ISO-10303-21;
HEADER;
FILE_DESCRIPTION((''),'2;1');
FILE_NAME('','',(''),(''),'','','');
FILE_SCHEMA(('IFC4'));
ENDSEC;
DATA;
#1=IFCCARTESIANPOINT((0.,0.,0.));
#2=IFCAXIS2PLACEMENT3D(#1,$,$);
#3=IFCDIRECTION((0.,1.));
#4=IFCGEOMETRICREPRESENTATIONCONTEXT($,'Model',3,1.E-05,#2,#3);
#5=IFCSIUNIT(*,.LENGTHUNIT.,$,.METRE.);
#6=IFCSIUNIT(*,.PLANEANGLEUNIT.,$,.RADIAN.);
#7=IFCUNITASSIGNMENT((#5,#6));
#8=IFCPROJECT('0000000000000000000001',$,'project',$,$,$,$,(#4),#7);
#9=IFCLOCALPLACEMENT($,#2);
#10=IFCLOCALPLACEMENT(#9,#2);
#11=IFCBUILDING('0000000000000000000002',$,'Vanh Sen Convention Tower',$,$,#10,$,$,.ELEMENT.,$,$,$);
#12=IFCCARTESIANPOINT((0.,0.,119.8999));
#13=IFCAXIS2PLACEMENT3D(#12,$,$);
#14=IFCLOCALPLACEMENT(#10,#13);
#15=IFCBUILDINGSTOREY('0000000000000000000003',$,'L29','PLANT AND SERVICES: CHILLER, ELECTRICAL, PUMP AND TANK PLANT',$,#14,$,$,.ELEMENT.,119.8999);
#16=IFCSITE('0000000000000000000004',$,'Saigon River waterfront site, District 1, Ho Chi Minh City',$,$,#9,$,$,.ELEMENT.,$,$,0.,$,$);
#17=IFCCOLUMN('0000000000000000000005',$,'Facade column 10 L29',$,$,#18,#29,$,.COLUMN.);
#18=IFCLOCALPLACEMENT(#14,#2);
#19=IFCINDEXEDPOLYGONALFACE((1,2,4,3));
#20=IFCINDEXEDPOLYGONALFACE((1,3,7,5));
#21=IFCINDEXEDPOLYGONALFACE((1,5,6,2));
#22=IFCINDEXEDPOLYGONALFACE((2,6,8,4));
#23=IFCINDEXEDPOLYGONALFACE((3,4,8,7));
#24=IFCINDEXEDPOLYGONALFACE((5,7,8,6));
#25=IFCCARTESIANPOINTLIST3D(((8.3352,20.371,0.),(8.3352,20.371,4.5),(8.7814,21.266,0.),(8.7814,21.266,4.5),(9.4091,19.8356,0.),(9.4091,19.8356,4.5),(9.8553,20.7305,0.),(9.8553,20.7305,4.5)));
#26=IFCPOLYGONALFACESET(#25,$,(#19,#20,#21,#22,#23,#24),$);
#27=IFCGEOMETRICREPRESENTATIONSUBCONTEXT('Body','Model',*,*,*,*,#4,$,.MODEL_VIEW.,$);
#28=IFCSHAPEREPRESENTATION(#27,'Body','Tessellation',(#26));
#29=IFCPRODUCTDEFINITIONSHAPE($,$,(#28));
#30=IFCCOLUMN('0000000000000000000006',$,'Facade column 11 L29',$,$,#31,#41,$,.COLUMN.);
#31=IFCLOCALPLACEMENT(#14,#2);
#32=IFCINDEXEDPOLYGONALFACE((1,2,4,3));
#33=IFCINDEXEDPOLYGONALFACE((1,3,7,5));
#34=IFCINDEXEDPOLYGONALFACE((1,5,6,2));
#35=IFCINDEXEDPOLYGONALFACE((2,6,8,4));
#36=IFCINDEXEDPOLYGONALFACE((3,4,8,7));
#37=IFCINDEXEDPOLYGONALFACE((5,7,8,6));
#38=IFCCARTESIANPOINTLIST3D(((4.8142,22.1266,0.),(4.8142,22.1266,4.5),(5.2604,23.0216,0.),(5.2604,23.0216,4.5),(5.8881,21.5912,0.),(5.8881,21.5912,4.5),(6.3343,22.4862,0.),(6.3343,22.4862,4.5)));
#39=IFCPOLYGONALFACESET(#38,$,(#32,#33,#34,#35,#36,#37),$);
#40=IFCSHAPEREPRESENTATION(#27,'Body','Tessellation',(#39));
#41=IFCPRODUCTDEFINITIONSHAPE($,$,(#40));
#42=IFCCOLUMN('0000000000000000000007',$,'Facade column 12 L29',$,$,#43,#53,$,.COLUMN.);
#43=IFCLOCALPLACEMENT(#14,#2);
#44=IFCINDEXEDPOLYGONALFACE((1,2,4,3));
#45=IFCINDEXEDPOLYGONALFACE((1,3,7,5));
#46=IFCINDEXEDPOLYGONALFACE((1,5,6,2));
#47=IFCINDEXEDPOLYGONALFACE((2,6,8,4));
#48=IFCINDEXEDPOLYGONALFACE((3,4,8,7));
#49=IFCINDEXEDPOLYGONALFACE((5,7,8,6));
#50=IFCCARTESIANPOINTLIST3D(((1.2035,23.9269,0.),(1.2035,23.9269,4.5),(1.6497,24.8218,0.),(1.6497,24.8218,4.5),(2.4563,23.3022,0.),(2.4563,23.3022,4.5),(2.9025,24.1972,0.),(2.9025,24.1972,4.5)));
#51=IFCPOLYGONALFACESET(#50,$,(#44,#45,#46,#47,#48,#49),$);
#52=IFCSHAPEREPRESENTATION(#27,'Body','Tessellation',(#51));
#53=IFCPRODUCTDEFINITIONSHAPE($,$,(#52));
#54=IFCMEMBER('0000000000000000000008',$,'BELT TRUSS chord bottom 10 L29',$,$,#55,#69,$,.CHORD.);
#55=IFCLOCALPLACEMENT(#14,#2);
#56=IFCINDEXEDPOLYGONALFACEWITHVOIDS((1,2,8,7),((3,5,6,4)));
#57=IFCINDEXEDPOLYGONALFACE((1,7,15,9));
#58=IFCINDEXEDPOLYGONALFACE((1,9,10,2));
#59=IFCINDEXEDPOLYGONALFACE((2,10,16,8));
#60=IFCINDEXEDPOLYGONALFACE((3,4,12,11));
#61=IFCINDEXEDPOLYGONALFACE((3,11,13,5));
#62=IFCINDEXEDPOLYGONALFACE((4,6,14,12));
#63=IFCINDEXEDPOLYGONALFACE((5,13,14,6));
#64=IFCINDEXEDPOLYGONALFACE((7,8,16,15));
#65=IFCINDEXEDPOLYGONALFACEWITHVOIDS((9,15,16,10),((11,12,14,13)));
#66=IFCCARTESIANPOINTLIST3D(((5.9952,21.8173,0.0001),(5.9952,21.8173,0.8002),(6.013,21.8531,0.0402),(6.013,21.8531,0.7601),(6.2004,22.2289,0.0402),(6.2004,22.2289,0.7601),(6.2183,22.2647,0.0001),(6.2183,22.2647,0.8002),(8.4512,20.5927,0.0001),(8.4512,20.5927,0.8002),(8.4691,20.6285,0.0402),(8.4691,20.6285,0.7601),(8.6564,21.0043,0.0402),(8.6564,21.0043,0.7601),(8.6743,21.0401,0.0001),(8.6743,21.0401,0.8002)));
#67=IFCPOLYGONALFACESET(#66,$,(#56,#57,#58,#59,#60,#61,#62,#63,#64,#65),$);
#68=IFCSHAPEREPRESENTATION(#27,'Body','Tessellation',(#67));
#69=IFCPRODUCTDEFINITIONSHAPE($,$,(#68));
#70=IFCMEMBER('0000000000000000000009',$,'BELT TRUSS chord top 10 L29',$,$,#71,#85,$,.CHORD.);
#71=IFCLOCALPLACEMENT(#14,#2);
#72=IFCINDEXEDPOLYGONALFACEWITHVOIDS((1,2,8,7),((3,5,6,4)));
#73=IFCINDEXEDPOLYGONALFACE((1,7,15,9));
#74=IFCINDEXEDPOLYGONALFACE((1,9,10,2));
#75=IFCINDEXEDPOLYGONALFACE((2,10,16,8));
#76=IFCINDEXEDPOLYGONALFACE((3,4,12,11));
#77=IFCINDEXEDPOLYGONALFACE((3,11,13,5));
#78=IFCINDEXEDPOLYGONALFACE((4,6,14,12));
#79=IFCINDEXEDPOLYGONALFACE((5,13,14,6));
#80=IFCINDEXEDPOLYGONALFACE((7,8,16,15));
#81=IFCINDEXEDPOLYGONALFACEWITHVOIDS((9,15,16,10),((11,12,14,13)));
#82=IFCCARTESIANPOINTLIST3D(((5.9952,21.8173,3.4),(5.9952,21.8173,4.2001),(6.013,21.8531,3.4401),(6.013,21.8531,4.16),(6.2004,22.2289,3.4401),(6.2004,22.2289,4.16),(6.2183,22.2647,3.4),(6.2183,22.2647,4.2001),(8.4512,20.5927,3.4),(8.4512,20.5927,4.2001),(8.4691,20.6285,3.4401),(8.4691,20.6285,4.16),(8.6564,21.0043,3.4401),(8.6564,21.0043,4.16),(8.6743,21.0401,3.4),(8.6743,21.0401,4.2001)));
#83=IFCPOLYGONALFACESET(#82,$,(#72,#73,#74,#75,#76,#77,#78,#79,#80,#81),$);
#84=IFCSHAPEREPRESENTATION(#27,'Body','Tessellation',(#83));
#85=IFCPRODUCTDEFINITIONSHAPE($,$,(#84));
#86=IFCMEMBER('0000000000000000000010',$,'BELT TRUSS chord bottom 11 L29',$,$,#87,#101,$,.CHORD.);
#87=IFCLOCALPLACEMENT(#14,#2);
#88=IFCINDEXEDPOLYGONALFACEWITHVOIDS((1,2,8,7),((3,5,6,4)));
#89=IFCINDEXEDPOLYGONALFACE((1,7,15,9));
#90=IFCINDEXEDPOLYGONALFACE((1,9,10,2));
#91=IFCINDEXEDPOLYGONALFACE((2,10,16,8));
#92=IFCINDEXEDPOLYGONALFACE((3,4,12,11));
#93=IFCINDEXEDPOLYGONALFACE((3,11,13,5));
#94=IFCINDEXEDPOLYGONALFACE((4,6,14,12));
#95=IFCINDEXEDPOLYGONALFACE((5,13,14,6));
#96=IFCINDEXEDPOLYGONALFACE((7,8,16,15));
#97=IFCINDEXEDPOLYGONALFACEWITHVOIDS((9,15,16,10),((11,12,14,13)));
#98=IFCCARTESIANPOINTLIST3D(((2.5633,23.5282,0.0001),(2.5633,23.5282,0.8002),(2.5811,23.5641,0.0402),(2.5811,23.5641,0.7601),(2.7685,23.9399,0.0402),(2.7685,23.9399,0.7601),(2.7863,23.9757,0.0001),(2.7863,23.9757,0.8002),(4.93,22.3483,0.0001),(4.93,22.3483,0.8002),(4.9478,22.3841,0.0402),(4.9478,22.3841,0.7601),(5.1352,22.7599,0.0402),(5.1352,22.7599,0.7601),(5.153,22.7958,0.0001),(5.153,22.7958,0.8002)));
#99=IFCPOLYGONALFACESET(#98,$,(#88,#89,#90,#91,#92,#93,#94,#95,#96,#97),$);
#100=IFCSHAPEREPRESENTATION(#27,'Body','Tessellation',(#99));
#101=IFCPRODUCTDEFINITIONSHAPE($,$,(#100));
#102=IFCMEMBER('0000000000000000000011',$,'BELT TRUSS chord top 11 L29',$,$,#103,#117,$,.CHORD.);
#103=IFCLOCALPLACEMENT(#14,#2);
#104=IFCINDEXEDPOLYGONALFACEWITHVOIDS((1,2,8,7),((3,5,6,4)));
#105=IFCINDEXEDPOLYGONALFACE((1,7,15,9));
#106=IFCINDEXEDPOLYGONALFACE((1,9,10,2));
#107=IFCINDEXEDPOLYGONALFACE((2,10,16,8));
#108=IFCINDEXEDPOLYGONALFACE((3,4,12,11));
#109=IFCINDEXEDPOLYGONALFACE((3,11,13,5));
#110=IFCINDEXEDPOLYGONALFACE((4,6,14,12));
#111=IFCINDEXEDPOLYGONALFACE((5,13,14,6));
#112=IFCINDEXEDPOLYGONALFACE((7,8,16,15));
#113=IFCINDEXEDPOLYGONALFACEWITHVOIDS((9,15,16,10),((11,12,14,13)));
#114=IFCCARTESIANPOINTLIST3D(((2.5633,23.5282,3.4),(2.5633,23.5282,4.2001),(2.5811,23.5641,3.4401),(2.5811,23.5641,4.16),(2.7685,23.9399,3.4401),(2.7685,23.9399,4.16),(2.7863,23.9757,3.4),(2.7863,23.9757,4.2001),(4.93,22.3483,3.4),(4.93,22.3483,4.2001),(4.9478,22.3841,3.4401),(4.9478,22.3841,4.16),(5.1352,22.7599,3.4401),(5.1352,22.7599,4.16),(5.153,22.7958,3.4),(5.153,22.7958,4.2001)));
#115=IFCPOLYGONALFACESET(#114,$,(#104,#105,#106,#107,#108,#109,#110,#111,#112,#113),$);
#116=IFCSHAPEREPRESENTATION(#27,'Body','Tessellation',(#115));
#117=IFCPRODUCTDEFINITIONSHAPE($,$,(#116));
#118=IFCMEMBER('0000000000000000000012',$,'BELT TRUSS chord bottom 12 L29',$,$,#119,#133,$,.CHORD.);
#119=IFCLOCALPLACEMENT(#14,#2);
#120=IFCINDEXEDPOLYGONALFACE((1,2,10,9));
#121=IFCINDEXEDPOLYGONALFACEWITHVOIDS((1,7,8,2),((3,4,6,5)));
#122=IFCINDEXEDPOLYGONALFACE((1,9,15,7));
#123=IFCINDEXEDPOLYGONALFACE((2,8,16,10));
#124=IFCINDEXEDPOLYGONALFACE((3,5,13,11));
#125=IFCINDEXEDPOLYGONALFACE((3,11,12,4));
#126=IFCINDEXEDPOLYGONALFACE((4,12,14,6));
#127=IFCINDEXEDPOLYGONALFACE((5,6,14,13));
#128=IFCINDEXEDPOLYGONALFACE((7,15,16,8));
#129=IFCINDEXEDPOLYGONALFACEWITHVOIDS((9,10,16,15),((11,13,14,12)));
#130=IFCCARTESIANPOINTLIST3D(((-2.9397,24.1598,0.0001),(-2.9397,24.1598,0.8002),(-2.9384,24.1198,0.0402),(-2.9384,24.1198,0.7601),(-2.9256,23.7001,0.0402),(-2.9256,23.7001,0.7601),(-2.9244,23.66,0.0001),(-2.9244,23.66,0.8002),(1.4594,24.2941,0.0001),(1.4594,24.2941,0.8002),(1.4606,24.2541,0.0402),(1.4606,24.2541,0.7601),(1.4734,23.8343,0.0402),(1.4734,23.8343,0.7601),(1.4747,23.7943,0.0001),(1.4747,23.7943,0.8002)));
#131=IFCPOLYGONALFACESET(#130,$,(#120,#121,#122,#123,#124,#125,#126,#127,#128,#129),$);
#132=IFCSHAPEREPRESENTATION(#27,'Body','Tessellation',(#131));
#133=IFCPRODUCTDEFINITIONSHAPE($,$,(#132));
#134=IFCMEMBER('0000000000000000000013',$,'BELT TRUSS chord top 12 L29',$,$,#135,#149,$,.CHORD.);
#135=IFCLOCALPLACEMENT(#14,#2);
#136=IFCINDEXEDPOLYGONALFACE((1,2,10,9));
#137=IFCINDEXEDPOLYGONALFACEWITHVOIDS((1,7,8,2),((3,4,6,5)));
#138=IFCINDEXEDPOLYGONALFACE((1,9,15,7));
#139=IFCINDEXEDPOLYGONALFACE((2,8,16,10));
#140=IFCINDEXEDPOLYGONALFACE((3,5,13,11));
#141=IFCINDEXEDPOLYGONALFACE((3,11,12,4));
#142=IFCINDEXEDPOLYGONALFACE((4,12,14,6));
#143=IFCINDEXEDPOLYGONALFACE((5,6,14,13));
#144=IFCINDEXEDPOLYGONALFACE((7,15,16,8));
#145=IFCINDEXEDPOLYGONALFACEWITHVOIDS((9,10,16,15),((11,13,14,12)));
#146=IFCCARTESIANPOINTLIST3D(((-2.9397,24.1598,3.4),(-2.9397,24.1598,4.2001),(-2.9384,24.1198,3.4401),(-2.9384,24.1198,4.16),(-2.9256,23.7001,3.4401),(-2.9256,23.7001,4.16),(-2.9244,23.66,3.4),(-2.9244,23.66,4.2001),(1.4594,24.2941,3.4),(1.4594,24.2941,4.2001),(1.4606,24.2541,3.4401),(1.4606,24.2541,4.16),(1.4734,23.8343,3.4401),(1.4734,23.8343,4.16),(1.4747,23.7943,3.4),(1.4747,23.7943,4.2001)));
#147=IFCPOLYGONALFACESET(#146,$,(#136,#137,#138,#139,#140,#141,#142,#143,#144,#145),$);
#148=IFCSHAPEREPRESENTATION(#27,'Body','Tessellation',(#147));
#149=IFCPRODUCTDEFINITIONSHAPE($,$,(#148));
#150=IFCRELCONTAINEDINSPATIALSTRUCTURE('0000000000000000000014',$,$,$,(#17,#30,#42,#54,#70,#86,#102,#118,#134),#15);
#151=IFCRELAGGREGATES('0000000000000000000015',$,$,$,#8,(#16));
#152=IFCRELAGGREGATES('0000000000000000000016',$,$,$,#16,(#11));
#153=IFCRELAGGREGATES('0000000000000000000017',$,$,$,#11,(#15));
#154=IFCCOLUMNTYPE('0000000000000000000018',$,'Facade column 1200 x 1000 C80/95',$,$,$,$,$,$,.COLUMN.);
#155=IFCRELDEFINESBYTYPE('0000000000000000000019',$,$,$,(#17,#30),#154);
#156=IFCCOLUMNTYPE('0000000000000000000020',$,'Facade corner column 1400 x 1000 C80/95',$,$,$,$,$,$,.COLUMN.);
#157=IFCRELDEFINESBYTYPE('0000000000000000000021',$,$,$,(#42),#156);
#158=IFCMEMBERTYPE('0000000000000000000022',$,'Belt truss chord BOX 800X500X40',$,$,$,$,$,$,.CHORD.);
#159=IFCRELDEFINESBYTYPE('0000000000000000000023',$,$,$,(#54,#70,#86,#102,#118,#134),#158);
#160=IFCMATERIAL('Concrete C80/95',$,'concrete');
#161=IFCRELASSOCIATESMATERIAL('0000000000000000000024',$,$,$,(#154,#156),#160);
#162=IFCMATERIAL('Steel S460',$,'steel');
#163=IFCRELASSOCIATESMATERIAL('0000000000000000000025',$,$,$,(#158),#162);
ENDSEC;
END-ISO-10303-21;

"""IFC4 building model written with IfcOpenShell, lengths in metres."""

from ifc_helpers import new_model, si_unit, direction, frame, origin, origin_2d, place, context, subcontext, project, spatial, rectangle, hollow_rectangle, extrude, material, material_profile, profile_set, type_object, element, save


model = new_model("IFC4")

# Units and contexts
model_context = context("Model", 3, precision=1e-05, world=origin(), true_north=direction((0.0, 1.0)))
body_context = subcontext(model_context, "Body", "Model", "MODEL_VIEW")
ifc_project = project(units=[si_unit("LENGTHUNIT", "METRE"), si_unit("PLANEANGLEUNIT", "RADIAN")], contexts=[model_context])

# Site, building, storey
site_placement = place(None, origin())
site = spatial("IfcSite", under=ifc_project, at=site_placement, Name="Saigon River waterfront site, District 1, Ho Chi Minh City", CompositionType="ELEMENT", RefElevation=0.0)
building_placement = place(site_placement, origin())
building = spatial("IfcBuilding", under=site, at=building_placement, Name="Vanh Sen Convention Tower", CompositionType="ELEMENT")
storey_placement = place(building_placement, frame((0.0, 0.0, 119.8999)))
storey = spatial("IfcBuildingStorey", under=building, at=storey_placement, Name="L29", Description="PLANT AND SERVICES: CHILLER, ELECTRICAL, PUMP AND TANK PLANT", CompositionType="ELEMENT", Elevation=119.8999)

# Columns
ifc_material_1 = material(Name="Concrete C80/95", Category="concrete")
ifc_material_profile_1 = material_profile(ifc_material_1, rectangle(XDim=1.2, YDim=1.0, at=origin_2d()), Name="RC 1200X1000")
ifc_profile_set_1 = profile_set([ifc_material_profile_1], Name="Concrete C80/95")
column_type_1 = type_object("IfcColumnType", Name="Facade column 1200 x 1000 C80/95", PredefinedType="COLUMN", material=ifc_profile_set_1)
for number, where, z_axis, x_axis, name in (
    (1, (9.0952, 20.5508, 0.0), (0.0, 0.0, 1.0), (-0.894934, 0.446198, 0.0), "Facade column 10 L29"),
    (2, (5.5742, 22.3064, 0.0), (0.0, 0.0, 1.0), (-0.894934, 0.446198, 0.0), "Facade column 11 L29"),
):
    element("IfcColumn", number, at=place(storey_placement, frame(where, z_axis=z_axis, x_axis=x_axis)), inside=storey, type_object=column_type_1, Name=name, PredefinedType="COLUMN", context=body_context, shape_type="SweptSolid", body=[
        extrude(rectangle(XDim=1.2, YDim=1.0, at=origin_2d()), origin(), (0.0, 0.0, 1.0), 4.5),
    ])
ifc_material_profile_2 = material_profile(ifc_material_1, rectangle(XDim=1.3999, YDim=1.0, at=origin_2d()), Name="RC 1400X1000")
ifc_profile_set_2 = profile_set([ifc_material_profile_2], Name="Concrete C80/95")
column_type_2 = type_object("IfcColumnType", Name="Facade corner column 1400 x 1000 C80/95", PredefinedType="COLUMN", material=ifc_profile_set_2)
column_placement = place(storey_placement, frame((2.053, 24.062, 0.0), z_axis=(0.0, 0.0, 1.0), x_axis=(-0.894934, 0.446198, 0.0)))
element("IfcColumn", 3, at=column_placement, inside=storey, type_object=column_type_2, Name="Facade column 12 L29", PredefinedType="COLUMN", context=body_context, shape_type="SweptSolid", body=[
    extrude(rectangle(XDim=1.3999, YDim=1.0, at=origin_2d()), origin(), (0.0, 0.0, 1.0), 4.5),
])

# Members
ifc_material_2 = material(Name="Steel S460", Category="steel")
ifc_material_profile_3 = material_profile(ifc_material_2, hollow_rectangle(XDim=0.5, YDim=0.8, WallThickness=0.04, at=origin_2d()), Name="BOX 800X500X40")
ifc_profile_set_3 = profile_set([ifc_material_profile_3], Name="Steel S460")
member_type_1 = type_object("IfcMemberType", Name="Belt truss chord BOX 800X500X40", PredefinedType="CHORD", material=ifc_profile_set_3)
for number, where, z_axis, x_axis, name in (
    (4, (8.5627, 20.8164, 0.4001), (-0.894925, 0.446217, 0.0), (-0.446217, -0.894925, 0.0), "BELT TRUSS chord bottom 10 L29"),
    (5, (8.5627, 20.8164, 3.8), (-0.894925, 0.446217, 0.0), (-0.446217, -0.894925, 0.0), "BELT TRUSS chord top 10 L29"),
):
    element("IfcMember", number, at=place(storey_placement, frame(where, z_axis=z_axis, x_axis=x_axis)), inside=storey, type_object=member_type_1, Name=name, PredefinedType="CHORD", context=body_context, shape_type="SweptSolid", body=[
        extrude(hollow_rectangle(XDim=0.5, YDim=0.8, WallThickness=0.04, at=origin_2d()), origin(), (0.0, 0.0, 1.0), 2.7444),
    ])
for number, where, z_axis, x_axis, name in (
    (6, (5.0415, 22.572, 0.4001), (-0.894944, 0.446179, 0.0), (-0.446179, -0.894944, 0.0), "BELT TRUSS chord bottom 11 L29"),
    (7, (5.0415, 22.572, 3.8), (-0.894944, 0.446179, 0.0), (-0.446179, -0.894944, 0.0), "BELT TRUSS chord top 11 L29"),
):
    element("IfcMember", number, at=place(storey_placement, frame(where, z_axis=z_axis, x_axis=x_axis)), inside=storey, type_object=member_type_1, Name=name, PredefinedType="CHORD", context=body_context, shape_type="SweptSolid", body=[
        extrude(hollow_rectangle(XDim=0.5, YDim=0.8, WallThickness=0.04, at=origin_2d()), origin(), (0.0, 0.0, 1.0), 2.6445),
    ])
for number, where, z_axis, x_axis, name in (
    (8, (1.467, 24.0442, 0.4001), (-0.999534, -0.030509, 0.0), (0.030509, -0.999534, 0.0), "BELT TRUSS chord bottom 12 L29"),
    (9, (1.467, 24.0442, 3.8), (-0.999534, -0.030509, 0.0), (0.030509, -0.999534, 0.0), "BELT TRUSS chord top 12 L29"),
):
    element("IfcMember", number, at=place(storey_placement, frame(where, z_axis=z_axis, x_axis=x_axis)), inside=storey, type_object=member_type_1, Name=name, PredefinedType="CHORD", context=body_context, shape_type="SweptSolid", body=[
        extrude(hollow_rectangle(XDim=0.5, YDim=0.8, WallThickness=0.04, at=origin_2d()), origin(), (0.0, 0.0, 1.0), 4.4011),
    ])

save(model, "model.ifc")
